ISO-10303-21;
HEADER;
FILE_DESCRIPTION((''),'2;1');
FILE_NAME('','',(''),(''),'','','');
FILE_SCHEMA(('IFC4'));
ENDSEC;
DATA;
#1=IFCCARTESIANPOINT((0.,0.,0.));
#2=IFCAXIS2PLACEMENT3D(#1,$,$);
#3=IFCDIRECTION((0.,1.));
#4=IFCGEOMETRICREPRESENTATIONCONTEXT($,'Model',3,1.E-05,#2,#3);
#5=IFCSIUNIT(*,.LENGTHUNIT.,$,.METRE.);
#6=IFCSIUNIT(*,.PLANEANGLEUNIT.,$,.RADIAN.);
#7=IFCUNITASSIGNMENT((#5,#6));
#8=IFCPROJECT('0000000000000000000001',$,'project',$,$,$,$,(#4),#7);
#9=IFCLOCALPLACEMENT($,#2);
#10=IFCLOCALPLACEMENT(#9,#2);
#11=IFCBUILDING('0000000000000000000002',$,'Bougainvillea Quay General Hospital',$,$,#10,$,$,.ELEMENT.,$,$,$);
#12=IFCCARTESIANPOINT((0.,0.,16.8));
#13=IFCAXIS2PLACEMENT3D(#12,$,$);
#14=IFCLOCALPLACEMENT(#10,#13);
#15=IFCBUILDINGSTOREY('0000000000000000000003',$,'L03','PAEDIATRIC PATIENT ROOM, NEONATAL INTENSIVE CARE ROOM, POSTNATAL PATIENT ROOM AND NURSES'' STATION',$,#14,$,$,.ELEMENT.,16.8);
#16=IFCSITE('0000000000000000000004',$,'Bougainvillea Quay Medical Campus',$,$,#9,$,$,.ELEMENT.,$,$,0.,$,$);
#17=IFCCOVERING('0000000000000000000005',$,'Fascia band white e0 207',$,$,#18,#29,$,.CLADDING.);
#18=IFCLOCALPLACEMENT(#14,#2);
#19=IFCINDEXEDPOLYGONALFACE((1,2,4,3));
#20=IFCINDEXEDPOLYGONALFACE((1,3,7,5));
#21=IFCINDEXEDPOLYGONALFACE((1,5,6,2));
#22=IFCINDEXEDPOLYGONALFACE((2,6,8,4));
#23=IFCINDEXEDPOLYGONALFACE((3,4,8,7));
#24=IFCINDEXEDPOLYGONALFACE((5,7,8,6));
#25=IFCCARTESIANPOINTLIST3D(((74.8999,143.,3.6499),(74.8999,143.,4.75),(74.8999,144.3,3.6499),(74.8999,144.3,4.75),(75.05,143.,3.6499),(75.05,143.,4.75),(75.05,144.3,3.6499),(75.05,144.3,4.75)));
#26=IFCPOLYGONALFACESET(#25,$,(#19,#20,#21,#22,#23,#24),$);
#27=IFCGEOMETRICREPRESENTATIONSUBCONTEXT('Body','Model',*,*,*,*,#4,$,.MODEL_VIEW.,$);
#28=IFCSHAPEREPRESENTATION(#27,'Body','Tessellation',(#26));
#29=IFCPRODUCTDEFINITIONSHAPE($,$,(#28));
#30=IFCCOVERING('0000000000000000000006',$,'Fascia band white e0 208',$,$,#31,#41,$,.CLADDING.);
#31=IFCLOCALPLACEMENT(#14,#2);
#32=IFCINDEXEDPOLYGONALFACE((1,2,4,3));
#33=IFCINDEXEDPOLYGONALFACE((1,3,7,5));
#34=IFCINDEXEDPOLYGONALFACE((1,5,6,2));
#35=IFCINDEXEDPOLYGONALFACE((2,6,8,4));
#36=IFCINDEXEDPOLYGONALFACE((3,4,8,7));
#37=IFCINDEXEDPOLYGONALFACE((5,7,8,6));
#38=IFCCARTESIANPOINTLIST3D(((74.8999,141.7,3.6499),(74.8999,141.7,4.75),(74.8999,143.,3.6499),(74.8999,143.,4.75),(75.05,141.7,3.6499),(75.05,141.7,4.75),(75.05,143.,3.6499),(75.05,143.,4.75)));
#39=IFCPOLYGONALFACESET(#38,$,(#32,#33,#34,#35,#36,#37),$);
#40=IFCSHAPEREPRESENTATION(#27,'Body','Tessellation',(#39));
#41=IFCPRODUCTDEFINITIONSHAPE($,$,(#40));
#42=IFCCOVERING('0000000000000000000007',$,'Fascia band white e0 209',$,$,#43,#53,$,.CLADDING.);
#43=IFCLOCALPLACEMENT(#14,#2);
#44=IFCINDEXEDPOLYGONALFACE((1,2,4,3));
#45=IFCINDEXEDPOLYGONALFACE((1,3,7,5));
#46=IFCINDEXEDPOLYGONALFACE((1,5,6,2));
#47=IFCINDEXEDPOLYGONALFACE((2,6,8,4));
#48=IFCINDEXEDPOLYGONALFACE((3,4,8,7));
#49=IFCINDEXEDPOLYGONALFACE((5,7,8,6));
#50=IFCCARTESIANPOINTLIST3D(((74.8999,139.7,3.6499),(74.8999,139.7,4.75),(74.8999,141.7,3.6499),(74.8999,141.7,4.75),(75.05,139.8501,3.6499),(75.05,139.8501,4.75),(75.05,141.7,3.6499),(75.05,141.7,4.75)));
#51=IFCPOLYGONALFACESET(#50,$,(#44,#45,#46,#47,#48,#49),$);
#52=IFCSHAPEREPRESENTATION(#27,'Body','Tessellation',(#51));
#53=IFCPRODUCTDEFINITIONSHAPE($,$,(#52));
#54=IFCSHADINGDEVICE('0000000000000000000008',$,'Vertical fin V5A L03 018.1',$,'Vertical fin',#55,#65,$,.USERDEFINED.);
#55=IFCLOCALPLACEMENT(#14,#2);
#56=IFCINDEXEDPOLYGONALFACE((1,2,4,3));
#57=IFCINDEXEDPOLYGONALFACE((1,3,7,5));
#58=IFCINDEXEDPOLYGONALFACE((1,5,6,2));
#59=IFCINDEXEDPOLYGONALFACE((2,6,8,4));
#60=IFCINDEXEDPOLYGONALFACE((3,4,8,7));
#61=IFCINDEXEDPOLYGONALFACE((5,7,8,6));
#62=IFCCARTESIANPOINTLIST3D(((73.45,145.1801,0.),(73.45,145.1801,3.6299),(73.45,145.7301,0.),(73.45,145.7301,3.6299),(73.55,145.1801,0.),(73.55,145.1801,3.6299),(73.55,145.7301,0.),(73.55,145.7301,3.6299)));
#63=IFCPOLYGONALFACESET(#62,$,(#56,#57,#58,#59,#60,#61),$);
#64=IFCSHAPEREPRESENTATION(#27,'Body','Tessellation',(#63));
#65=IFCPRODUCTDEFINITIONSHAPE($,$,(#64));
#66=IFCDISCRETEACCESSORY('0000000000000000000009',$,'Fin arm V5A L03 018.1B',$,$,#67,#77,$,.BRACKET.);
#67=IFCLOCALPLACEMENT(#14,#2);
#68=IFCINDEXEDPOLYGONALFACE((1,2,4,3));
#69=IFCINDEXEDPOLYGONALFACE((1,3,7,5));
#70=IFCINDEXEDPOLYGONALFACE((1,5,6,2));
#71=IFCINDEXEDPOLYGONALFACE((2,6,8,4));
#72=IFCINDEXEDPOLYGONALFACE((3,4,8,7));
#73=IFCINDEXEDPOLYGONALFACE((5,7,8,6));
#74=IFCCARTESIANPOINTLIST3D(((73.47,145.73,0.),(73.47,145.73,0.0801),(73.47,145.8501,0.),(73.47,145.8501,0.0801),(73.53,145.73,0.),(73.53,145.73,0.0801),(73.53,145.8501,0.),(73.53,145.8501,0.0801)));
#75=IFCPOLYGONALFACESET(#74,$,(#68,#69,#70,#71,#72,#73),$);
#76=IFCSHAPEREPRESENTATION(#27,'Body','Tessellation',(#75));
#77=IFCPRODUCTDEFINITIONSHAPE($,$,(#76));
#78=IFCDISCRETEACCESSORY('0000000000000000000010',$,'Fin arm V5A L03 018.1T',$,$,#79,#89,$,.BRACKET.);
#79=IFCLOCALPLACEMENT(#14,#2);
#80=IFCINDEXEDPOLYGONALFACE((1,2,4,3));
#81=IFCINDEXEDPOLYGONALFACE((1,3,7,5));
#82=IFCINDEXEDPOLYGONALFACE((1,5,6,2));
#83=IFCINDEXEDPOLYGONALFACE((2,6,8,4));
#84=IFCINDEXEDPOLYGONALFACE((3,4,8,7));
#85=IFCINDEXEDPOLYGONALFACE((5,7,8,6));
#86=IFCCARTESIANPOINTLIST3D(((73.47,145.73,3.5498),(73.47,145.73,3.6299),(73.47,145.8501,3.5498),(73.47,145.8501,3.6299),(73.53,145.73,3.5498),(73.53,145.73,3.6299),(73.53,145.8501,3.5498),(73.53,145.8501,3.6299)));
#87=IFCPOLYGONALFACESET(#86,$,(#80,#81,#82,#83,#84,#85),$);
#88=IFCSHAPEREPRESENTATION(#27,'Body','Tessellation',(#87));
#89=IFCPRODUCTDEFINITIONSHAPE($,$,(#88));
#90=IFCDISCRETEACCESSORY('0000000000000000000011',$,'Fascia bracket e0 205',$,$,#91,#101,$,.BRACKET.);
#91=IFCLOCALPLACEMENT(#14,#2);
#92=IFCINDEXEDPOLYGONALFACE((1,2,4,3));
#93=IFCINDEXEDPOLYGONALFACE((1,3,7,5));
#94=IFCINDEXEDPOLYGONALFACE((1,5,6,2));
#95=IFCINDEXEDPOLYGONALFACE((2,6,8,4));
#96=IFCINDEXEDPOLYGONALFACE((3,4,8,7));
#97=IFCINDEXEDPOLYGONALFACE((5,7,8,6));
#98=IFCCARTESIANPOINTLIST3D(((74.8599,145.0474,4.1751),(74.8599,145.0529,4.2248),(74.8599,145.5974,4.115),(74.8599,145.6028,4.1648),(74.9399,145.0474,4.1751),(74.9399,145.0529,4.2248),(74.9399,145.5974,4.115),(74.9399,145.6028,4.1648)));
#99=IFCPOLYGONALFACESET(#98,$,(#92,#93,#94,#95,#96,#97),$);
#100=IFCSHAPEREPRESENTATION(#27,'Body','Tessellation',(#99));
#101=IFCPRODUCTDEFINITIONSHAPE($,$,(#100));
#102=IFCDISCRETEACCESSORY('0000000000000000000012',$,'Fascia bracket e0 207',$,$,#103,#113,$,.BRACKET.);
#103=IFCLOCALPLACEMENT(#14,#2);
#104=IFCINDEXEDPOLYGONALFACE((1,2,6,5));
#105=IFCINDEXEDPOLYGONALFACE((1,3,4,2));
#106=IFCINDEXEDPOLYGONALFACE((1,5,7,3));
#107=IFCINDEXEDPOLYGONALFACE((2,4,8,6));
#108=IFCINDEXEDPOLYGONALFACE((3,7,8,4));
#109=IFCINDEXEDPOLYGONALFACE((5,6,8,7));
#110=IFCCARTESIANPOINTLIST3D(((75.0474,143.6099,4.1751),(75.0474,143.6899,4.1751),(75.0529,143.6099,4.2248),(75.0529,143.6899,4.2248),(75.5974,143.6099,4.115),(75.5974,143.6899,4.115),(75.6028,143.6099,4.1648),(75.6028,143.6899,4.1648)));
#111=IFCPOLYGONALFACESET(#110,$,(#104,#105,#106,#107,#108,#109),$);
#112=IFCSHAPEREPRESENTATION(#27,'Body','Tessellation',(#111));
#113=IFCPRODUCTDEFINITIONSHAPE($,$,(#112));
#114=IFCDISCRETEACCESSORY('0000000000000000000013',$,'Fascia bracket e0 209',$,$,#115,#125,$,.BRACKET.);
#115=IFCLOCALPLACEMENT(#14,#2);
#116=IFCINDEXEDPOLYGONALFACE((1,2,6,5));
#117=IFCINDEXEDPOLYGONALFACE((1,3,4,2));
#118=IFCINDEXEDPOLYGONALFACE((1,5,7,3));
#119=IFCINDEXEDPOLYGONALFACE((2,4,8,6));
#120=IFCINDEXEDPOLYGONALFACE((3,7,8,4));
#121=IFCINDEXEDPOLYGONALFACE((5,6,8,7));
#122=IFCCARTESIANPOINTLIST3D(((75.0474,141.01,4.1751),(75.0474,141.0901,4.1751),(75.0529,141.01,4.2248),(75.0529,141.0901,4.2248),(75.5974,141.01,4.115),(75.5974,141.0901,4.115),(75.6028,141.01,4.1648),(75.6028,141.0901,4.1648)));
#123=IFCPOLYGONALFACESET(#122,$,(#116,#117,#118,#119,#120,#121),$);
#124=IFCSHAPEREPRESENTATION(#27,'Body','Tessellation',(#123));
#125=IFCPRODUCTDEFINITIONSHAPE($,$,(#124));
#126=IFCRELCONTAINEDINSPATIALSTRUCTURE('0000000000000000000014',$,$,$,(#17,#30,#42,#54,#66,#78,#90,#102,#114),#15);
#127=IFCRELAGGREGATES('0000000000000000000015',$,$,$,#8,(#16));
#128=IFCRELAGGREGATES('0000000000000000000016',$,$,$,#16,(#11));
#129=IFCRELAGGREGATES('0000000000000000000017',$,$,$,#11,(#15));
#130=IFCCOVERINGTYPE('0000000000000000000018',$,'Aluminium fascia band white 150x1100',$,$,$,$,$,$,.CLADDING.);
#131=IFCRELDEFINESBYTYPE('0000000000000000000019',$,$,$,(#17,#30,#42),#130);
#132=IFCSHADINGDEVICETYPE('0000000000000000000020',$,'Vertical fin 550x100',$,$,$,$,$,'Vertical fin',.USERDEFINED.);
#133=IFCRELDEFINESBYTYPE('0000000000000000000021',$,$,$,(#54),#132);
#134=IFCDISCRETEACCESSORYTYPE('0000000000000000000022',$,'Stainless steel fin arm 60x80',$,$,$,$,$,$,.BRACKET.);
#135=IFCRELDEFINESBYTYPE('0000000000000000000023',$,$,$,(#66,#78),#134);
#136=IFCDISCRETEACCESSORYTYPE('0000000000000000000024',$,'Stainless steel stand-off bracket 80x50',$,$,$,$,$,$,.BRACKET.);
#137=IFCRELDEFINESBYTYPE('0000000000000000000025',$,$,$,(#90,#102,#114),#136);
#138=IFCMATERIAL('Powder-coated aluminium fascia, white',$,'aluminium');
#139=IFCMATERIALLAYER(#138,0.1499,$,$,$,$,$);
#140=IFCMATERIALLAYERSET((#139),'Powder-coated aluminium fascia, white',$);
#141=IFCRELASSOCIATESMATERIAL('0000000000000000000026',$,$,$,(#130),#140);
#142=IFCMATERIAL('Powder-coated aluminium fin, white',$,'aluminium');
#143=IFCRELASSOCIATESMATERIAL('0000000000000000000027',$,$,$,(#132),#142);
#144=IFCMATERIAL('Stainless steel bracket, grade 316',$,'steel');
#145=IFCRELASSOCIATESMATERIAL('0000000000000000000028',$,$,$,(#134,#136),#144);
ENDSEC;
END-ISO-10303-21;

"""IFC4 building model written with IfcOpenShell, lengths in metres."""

from ifc_helpers import new_model, si_unit, direction, frame, origin, origin_2d, place, context, subcontext, project, spatial, polyline, rectangle, outline, extrude, material, layer, layer_set, material_profile, profile_set, type_object, element, save


model = new_model("IFC4")

# Units and contexts
model_context = context("Model", 3, precision=1e-05, world=origin(), true_north=direction((0.0, 1.0)))
body_context = subcontext(model_context, "Body", "Model", "MODEL_VIEW")
ifc_project = project(units=[si_unit("LENGTHUNIT", "METRE"), si_unit("PLANEANGLEUNIT", "RADIAN")], contexts=[model_context])

# Site, building, storey
site_placement = place(None, origin())
site = spatial("IfcSite", under=ifc_project, at=site_placement, Name="Bougainvillea Quay Medical Campus", CompositionType="ELEMENT", RefElevation=0.0)
building_placement = place(site_placement, origin())
building = spatial("IfcBuilding", under=site, at=building_placement, Name="Bougainvillea Quay General Hospital", CompositionType="ELEMENT")
storey_placement = place(building_placement, frame((0.0, 0.0, 16.8)))
storey = spatial("IfcBuildingStorey", under=building, at=storey_placement, Name="L03", Description="PAEDIATRIC PATIENT ROOM, NEONATAL INTENSIVE CARE ROOM, POSTNATAL PATIENT ROOM AND NURSES' STATION", CompositionType="ELEMENT", Elevation=16.8)

# Coverings
ifc_material_1 = material(Name="Powder-coated aluminium fascia, white", Category="aluminium")
ifc_layer_1 = layer(ifc_material_1, 0.1499)
ifc_layer_set_1 = layer_set([ifc_layer_1], Name="Powder-coated aluminium fascia, white")
covering_type = type_object("IfcCoveringType", Name="Aluminium fascia band white 150x1100", PredefinedType="CLADDING", material=ifc_layer_set_1)
for number, where, z_axis, x_axis, name in (
    (1, (75.05, 144.3, 3.6499), (0.0, 0.0, 1.0), (0.0, -1.0, 0.0), "Fascia band white e0 207"),
    (2, (75.05, 143.0, 3.6499), (0.0, 0.0, 1.0), (0.0, -1.0, 0.0), "Fascia band white e0 208"),
):
    element("IfcCovering", number, at=place(storey_placement, frame(where, z_axis=z_axis, x_axis=x_axis)), inside=storey, type_object=covering_type, Name=name, PredefinedType="CLADDING", context=body_context, shape_type="SweptSolid", body=[
        extrude(outline(polyline([(0.0, 0.0), (1.3, 0.0), (1.3, -0.1501), (0.0, -0.1501), (0.0, 0.0)])), origin(), (0.0, 0.0, 1.0), 1.1001),
    ])
covering_1_placement = place(storey_placement, frame((75.05, 141.7, 3.6499), z_axis=(0.0, 0.0, 1.0), x_axis=(0.0, -1.0, 0.0)))
element("IfcCovering", 3, at=covering_1_placement, inside=storey, type_object=covering_type, Name="Fascia band white e0 209", PredefinedType="CLADDING", context=body_context, shape_type="SweptSolid", body=[
    extrude(outline(polyline([(0.0, 0.0), (1.8499, 0.0), (2.0, -0.1501), (0.0, -0.1501), (0.0, 0.0)])), origin(), (0.0, 0.0, 1.0), 1.1001),
])

# Shading device
ifc_material_2 = material(Name="Powder-coated aluminium fin, white", Category="aluminium")
ifc_material_profile_1 = material_profile(ifc_material_2, rectangle(XDim=0.55, YDim=0.1001, at=origin_2d()))
ifc_profile_set_1 = profile_set([ifc_material_profile_1], Name="Powder-coated aluminium fin, white")
shading_device_type = type_object("IfcShadingDeviceType", Name="Vertical fin 550x100", ElementType="Vertical fin", PredefinedType="USERDEFINED", material=ifc_profile_set_1)
shading_device_placement = place(storey_placement, frame((73.5, 145.4551, 0.0), z_axis=(0.0, 0.0, 1.0), x_axis=(0.0, -1.0, 0.0)))
element("IfcShadingDevice", 4, at=shading_device_placement, inside=storey, type_object=shading_device_type, Name="Vertical fin V5A L03 018.1", ObjectType="Vertical fin", PredefinedType="USERDEFINED", context=body_context, shape_type="SweptSolid", body=[
    extrude(rectangle(XDim=0.55, YDim=0.1001, at=origin_2d()), origin(), (0.0, 0.0, 1.0), 3.6299),
])

# Discrete accessories
ifc_material_3 = material(Name="Stainless steel bracket, grade 316", Category="steel")
discrete_accessory_type_1 = type_object("IfcDiscreteAccessoryType", Name="Stainless steel fin arm 60x80", PredefinedType="BRACKET", material=ifc_material_3)
for number, where, z_axis, x_axis, name in (
    (5, (73.5, 145.79, 0.0), (0.0, 0.0, 1.0), (0.0, -1.0, 0.0), "Fin arm V5A L03 018.1B"),
    (6, (73.5, 145.79, 3.5498), (0.0, 0.0, 1.0), (0.0, -1.0, 0.0), "Fin arm V5A L03 018.1T"),
):
    element("IfcDiscreteAccessory", number, at=place(storey_placement, frame(where, z_axis=z_axis, x_axis=x_axis)), inside=storey, type_object=discrete_accessory_type_1, Name=name, PredefinedType="BRACKET", context=body_context, shape_type="SweptSolid", body=[
        extrude(rectangle(XDim=0.1201, YDim=0.0601, at=origin_2d()), origin(), (0.0, 0.0, 1.0), 0.0801),
    ])
ifc_material_profile_2 = material_profile(ifc_material_3, rectangle(XDim=0.0801, YDim=0.05, at=origin_2d()))
ifc_profile_set_2 = profile_set([ifc_material_profile_2], Name="Stainless steel bracket, grade 316")
discrete_accessory_type_2 = type_object("IfcDiscreteAccessoryType", Name="Stainless steel stand-off bracket 80x50", PredefinedType="BRACKET", material=ifc_profile_set_2)
for number, where, z_axis, x_axis, name in (
    (7, (74.8999, 145.6001, 4.1399), (0.0, -0.994092, 0.108543), (1.0, 0.0, 0.0), "Fascia bracket e0 205"),
    (8, (75.6001, 143.6499, 4.1399), (-0.994092, 0.0, 0.108543), (0.0, -1.0, 0.0), "Fascia bracket e0 207"),
    (9, (75.6001, 141.05, 4.1399), (-0.994092, 0.0, 0.108543), (0.0, -1.0, 0.0), "Fascia bracket e0 209"),
):
    element("IfcDiscreteAccessory", number, at=place(storey_placement, frame(where, z_axis=z_axis, x_axis=x_axis)), inside=storey, type_object=discrete_accessory_type_2, Name=name, PredefinedType="BRACKET", context=body_context, shape_type="SweptSolid", body=[
        extrude(rectangle(XDim=0.0801, YDim=0.05, at=origin_2d()), origin(), (0.0, 0.0, 1.0), 0.5532),
    ])

save(model, "model.ifc")
